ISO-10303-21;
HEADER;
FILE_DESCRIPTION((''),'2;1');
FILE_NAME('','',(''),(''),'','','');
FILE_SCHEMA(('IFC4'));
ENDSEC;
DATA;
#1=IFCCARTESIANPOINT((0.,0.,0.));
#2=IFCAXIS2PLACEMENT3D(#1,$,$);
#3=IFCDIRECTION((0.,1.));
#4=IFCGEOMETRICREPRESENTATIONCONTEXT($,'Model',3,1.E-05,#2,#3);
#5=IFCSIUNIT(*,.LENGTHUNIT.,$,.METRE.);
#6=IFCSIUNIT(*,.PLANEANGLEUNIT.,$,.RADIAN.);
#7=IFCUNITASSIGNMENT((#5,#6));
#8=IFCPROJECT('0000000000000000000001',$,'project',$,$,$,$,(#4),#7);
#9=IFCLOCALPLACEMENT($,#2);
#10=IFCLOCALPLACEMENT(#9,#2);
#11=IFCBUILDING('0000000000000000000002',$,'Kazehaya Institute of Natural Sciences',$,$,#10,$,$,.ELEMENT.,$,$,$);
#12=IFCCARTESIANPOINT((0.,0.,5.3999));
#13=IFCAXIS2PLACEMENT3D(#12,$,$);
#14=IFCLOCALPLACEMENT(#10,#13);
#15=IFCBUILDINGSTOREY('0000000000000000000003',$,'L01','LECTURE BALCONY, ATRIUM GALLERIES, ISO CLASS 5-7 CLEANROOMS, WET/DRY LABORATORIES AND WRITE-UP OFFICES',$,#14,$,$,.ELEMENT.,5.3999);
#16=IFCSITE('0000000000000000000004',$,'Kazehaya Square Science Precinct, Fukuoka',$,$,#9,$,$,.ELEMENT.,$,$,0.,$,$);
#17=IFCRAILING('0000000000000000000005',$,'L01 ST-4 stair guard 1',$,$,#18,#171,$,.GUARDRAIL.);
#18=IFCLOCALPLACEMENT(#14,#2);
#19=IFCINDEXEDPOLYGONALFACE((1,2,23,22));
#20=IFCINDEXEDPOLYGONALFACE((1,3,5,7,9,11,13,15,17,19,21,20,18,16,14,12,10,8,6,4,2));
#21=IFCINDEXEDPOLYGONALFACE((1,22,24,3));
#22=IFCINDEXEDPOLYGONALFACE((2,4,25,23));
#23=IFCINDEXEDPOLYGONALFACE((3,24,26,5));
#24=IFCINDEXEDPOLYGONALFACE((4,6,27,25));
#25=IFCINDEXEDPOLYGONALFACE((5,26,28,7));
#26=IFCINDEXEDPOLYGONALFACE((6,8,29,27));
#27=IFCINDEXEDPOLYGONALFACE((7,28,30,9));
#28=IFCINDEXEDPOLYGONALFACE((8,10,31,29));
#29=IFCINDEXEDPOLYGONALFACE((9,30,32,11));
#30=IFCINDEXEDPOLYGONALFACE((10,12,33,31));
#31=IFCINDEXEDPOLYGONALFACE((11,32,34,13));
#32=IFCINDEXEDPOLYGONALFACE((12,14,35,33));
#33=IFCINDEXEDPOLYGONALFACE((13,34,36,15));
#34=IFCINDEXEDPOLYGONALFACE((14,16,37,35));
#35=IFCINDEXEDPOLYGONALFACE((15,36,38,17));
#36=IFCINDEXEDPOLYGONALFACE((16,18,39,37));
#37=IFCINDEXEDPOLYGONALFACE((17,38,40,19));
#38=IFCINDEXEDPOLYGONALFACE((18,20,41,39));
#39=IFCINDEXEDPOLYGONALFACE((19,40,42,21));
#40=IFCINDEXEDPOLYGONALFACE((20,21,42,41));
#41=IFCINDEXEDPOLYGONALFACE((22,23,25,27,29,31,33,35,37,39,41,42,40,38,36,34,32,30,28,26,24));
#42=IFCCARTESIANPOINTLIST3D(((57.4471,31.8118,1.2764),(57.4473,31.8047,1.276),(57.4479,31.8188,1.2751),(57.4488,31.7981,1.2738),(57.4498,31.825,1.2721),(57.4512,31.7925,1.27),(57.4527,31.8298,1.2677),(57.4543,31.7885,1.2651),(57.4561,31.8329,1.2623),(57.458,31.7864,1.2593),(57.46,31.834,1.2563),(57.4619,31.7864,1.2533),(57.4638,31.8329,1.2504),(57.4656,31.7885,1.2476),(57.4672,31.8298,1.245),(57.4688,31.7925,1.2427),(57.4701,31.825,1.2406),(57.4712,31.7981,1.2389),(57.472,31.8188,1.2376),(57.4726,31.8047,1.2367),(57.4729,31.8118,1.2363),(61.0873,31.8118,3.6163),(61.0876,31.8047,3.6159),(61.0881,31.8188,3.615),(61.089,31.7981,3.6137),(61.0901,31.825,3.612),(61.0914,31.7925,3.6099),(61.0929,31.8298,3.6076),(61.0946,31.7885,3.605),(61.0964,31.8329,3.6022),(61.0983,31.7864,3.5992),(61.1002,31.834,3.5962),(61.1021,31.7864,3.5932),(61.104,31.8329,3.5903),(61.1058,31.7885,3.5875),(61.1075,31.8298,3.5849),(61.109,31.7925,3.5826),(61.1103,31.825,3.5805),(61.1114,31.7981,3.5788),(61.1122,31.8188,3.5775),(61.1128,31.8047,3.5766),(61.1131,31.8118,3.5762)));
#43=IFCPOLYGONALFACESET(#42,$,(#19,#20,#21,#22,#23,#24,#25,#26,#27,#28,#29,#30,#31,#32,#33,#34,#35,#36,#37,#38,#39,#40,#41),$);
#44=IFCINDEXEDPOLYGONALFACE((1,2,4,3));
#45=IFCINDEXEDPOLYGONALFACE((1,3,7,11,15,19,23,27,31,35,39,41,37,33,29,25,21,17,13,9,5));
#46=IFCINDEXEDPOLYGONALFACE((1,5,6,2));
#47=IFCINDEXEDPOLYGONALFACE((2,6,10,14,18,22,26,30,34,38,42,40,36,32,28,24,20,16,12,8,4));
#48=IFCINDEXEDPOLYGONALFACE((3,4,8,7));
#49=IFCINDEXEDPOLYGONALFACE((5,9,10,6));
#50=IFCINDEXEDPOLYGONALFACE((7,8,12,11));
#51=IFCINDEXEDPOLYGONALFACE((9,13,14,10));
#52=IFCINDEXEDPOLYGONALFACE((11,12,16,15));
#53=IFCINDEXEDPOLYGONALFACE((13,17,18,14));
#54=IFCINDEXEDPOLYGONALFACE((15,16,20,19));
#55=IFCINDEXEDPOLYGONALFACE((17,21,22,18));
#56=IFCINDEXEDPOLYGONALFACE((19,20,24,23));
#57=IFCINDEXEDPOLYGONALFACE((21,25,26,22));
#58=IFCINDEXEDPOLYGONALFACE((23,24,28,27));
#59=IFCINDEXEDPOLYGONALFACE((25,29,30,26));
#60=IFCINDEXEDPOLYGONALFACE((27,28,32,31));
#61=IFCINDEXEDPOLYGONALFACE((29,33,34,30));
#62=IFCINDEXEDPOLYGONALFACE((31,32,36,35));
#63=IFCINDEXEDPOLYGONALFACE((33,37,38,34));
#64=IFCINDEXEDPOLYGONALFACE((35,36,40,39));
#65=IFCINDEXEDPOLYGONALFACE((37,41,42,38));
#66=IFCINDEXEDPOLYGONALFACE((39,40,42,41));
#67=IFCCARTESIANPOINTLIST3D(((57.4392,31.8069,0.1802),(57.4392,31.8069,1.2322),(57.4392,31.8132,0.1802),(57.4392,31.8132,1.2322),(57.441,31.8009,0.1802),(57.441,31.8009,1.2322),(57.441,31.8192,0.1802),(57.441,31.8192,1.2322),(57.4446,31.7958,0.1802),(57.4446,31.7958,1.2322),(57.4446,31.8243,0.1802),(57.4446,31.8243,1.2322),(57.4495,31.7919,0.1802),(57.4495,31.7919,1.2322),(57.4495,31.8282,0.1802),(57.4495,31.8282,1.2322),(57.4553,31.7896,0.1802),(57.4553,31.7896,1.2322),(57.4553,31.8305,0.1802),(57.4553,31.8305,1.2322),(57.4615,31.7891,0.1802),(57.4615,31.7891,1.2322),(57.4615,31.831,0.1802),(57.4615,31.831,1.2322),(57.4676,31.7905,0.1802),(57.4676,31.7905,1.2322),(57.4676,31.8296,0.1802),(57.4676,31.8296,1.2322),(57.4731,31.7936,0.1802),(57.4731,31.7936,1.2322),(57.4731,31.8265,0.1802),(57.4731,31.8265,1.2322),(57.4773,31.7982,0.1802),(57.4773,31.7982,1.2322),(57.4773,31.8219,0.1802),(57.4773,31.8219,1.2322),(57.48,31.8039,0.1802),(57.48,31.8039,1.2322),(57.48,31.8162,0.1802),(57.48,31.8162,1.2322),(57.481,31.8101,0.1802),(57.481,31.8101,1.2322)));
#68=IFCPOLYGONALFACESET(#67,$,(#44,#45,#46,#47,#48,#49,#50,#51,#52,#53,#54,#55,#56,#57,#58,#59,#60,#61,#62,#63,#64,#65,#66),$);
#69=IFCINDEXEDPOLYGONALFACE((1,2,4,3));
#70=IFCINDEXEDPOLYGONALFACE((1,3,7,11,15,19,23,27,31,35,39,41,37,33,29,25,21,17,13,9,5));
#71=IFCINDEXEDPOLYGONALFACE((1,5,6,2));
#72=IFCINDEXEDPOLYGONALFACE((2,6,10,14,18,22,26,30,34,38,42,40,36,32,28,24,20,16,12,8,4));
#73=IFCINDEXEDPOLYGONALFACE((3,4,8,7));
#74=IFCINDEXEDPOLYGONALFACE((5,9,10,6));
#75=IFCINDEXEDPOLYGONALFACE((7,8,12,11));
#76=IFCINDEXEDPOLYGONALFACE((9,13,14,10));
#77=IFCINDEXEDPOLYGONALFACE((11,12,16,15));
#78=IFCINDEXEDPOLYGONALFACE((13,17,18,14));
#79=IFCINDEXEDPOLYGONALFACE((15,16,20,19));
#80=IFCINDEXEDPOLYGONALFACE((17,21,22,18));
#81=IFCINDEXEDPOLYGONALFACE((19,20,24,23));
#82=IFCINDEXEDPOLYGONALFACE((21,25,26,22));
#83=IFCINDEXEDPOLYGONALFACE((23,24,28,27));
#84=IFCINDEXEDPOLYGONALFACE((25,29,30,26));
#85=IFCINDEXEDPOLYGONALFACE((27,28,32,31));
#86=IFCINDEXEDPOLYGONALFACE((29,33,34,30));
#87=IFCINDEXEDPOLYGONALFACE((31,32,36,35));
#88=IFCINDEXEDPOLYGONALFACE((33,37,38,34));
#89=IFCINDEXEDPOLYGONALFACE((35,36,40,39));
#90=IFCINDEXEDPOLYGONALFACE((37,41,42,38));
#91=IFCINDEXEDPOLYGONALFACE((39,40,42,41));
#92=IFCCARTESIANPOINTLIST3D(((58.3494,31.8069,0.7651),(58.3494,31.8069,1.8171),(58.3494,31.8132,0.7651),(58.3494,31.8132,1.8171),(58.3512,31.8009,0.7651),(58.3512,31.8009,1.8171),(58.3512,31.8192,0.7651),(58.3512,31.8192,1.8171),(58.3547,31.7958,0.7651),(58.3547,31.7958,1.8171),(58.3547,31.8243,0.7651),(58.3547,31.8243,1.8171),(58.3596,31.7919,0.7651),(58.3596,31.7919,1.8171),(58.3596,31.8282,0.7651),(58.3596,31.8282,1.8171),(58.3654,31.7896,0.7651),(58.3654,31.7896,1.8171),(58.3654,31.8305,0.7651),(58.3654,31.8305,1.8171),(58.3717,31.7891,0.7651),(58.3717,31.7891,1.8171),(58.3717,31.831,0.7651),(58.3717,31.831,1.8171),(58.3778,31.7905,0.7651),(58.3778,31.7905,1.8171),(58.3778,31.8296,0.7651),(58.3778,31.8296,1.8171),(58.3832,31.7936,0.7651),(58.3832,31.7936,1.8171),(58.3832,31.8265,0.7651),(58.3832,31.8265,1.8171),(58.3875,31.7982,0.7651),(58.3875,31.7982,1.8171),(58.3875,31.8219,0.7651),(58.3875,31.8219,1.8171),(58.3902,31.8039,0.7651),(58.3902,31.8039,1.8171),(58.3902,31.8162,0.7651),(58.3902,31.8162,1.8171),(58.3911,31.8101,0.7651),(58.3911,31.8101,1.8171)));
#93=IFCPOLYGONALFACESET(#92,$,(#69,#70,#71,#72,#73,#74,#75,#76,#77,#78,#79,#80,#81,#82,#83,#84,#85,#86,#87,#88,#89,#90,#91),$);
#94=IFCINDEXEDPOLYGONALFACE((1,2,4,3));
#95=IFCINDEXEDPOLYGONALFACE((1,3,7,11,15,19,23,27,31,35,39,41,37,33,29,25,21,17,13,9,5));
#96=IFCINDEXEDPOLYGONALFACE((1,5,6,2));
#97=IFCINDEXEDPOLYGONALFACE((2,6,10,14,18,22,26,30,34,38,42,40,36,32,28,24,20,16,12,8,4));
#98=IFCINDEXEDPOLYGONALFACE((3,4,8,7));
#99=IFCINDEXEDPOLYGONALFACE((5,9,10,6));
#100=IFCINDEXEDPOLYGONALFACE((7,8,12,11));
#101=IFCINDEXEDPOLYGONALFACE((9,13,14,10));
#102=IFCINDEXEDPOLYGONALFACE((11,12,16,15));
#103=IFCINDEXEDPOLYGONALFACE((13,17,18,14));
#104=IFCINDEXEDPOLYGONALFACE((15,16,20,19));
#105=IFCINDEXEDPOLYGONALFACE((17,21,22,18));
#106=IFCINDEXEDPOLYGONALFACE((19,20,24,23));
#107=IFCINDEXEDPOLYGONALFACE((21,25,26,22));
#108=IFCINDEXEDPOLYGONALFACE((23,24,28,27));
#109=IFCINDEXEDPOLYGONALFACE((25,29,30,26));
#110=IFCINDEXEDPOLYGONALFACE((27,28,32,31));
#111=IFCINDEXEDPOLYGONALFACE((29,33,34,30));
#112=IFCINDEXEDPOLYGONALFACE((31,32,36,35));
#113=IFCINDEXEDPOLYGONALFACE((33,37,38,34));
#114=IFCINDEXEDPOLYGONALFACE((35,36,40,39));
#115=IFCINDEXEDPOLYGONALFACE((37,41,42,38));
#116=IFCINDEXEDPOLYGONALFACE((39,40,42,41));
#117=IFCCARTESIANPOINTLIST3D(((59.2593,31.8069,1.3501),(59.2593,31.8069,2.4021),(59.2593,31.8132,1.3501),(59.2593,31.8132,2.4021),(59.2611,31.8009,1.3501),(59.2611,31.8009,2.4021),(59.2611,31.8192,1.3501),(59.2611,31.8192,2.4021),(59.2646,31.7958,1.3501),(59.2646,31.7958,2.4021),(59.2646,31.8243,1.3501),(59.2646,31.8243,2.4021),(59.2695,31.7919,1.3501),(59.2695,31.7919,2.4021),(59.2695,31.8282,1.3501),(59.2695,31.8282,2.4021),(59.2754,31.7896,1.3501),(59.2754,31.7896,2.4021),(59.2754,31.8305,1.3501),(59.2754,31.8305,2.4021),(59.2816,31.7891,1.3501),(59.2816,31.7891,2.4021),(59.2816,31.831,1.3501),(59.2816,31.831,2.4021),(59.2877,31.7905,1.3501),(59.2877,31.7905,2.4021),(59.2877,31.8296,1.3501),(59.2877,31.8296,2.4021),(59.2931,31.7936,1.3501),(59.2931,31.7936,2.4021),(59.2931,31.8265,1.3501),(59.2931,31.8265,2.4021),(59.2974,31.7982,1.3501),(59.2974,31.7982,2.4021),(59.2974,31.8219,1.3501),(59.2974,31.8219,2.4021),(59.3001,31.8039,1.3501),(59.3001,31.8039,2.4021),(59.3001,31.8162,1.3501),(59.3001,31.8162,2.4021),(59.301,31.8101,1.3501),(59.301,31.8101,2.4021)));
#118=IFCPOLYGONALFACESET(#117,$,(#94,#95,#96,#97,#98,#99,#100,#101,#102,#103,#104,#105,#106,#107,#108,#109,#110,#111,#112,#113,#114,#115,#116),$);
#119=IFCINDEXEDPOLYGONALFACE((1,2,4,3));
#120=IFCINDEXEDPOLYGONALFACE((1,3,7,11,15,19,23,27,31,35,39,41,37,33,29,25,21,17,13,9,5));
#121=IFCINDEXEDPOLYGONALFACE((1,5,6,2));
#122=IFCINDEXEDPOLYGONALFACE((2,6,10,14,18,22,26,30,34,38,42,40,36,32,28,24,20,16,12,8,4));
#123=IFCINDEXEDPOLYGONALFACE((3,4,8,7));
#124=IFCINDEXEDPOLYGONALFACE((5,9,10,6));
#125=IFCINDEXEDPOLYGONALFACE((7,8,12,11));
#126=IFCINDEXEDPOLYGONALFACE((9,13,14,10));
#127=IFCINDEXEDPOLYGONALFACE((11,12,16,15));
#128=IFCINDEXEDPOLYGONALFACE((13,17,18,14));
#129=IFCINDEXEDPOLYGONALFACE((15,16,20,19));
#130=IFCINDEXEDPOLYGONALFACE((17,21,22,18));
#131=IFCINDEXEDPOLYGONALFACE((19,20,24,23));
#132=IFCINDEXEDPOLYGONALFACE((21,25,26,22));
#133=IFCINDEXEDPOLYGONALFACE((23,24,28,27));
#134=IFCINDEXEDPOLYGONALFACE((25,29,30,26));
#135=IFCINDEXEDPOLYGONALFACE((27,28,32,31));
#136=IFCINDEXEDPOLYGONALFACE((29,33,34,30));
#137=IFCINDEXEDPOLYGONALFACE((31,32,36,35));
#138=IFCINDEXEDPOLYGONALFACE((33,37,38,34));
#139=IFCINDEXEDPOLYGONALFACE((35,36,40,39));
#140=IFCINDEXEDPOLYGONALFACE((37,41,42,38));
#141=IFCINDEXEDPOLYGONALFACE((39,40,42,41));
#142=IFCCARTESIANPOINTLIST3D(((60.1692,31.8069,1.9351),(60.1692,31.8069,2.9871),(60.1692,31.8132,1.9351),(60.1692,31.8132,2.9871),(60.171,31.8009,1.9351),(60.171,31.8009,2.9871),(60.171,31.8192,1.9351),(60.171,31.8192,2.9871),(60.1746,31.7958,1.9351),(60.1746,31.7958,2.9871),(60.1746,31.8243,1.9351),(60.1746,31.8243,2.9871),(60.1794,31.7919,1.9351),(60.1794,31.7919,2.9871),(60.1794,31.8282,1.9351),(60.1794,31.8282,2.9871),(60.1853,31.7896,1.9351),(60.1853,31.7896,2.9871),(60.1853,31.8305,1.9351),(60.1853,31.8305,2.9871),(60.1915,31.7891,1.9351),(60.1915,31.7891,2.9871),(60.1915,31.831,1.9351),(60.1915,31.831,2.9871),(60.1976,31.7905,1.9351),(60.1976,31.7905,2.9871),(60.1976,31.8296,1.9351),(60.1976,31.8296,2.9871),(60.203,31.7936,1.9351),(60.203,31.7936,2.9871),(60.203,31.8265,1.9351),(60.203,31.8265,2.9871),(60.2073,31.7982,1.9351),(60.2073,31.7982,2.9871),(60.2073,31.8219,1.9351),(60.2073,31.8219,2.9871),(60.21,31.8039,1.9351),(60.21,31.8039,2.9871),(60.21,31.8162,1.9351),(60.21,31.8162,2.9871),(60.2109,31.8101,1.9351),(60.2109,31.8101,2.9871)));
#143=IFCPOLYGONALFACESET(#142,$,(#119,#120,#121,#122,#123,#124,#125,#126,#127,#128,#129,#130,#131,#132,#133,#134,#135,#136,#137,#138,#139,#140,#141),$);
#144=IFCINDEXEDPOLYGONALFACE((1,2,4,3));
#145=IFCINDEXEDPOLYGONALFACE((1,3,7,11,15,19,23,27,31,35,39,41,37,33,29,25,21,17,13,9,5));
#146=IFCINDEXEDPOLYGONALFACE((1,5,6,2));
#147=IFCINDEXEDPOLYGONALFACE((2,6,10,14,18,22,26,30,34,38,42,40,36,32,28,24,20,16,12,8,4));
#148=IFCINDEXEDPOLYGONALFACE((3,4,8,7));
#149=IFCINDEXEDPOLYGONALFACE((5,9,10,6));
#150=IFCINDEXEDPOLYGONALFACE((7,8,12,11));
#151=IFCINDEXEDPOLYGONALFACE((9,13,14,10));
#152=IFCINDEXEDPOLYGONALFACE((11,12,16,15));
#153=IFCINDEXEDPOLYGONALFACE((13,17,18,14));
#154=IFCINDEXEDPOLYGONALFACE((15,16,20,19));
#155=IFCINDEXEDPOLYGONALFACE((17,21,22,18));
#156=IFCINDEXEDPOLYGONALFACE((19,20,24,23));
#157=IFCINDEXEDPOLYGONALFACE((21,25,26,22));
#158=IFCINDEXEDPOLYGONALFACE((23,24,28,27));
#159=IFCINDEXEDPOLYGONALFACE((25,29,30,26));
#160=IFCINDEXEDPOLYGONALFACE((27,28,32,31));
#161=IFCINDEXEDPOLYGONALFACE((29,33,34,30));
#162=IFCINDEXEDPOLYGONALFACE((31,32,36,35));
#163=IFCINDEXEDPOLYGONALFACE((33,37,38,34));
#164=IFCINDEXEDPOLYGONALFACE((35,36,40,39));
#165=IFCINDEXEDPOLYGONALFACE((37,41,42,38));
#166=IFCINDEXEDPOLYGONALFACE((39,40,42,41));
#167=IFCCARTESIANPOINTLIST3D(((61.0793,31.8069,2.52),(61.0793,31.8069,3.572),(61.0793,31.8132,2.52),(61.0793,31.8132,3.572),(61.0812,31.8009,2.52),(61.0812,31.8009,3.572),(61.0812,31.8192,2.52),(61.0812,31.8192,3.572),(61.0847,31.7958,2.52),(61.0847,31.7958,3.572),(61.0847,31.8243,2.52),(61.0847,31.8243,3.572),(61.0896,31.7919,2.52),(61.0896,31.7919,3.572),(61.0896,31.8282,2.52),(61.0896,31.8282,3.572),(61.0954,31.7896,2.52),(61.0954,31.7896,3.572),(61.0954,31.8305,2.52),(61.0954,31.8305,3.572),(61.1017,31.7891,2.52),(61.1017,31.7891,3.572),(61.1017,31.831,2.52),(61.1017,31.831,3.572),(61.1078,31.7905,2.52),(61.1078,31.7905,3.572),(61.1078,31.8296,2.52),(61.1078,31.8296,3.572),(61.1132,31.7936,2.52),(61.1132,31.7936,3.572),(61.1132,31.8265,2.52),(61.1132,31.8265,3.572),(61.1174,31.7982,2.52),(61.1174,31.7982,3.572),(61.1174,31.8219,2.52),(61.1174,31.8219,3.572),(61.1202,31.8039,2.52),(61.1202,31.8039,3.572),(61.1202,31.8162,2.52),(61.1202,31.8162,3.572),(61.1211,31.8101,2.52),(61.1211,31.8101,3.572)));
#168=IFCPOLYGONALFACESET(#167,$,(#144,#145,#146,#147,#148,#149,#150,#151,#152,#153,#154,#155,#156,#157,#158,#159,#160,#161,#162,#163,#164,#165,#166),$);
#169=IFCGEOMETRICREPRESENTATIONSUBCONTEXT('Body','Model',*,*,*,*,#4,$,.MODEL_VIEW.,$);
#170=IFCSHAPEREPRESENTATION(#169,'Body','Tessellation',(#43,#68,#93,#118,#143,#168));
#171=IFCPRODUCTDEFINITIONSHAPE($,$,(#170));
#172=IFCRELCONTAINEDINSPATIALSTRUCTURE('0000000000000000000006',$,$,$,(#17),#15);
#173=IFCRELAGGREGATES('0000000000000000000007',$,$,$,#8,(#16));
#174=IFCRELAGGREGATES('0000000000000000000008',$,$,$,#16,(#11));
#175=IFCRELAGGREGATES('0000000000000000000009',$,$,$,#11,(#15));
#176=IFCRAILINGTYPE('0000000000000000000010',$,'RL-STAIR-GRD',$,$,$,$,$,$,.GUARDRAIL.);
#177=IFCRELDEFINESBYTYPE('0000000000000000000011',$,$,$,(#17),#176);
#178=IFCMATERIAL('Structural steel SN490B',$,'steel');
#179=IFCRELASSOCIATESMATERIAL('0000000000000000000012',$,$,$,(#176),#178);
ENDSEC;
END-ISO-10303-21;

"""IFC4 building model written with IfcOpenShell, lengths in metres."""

from ifc_helpers import new_model, si_unit, direction, frame, origin, origin_2d, place, context, subcontext, project, spatial, circle, extrude, material, type_object, element, save


model = new_model("IFC4")

# Units and contexts
model_context = context("Model", 3, precision=1e-05, world=origin(), true_north=direction((0.0, 1.0)))
body_context = subcontext(model_context, "Body", "Model", "MODEL_VIEW")
ifc_project = project(units=[si_unit("LENGTHUNIT", "METRE"), si_unit("PLANEANGLEUNIT", "RADIAN")], contexts=[model_context])

# Site, building, storey
site_placement = place(None, origin())
site = spatial("IfcSite", under=ifc_project, at=site_placement, Name="Kazehaya Square Science Precinct, Fukuoka", CompositionType="ELEMENT", RefElevation=0.0)
building_placement = place(site_placement, origin())
building = spatial("IfcBuilding", under=site, at=building_placement, Name="Kazehaya Institute of Natural Sciences", CompositionType="ELEMENT")
storey_placement = place(building_placement, frame((0.0, 0.0, 5.3999)))
storey = spatial("IfcBuildingStorey", under=building, at=storey_placement, Name="L01", Description="LECTURE BALCONY, ATRIUM GALLERIES, ISO CLASS 5-7 CLEANROOMS, WET/DRY LABORATORIES AND WRITE-UP OFFICES", CompositionType="ELEMENT", Elevation=5.3999)

# Railing
ifc_material_1 = material(Name="Structural steel SN490B", Category="steel")
railing_type_1 = type_object("IfcRailingType", Name="RL-STAIR-GRD", PredefinedType="GUARDRAIL", material=ifc_material_1)
railing_1_placement = place(storey_placement, frame((57.46, 31.8101, 0.1802)))
element("IfcRailing", 1, at=railing_1_placement, inside=storey, type_object=railing_type_1, Name="L01 ST-4 stair guard 1", PredefinedType="GUARDRAIL", context=body_context, shape_type="SweptSolid", body=[
    extrude(circle(Radius=0.0239, at=origin_2d()), frame((0.0, 0.0, 1.0762), z_axis=(0.841204, 0.0, 0.540718), x_axis=(0.0, 1.0, 0.0)), (0.0, 0.0, 1.0), 4.3274),
    extrude(circle(Radius=0.021, at=origin_2d()), origin(), (0.0, 0.0, 1.0), 1.052),
    extrude(circle(Radius=0.021, at=origin_2d()), frame((0.9102, 0.0, 0.585)), (0.0, 0.0, 1.0), 1.052),
    extrude(circle(Radius=0.021, at=origin_2d()), frame((1.8201, 0.0, 1.1699)), (0.0, 0.0, 1.0), 1.052),
    extrude(circle(Radius=0.021, at=origin_2d()), frame((2.73, 0.0, 1.7549)), (0.0, 0.0, 1.0), 1.052),
    extrude(circle(Radius=0.021, at=origin_2d()), frame((3.6401, 0.0, 2.3398)), (0.0, 0.0, 1.0), 1.052),
])

save(model, "model.ifc")
